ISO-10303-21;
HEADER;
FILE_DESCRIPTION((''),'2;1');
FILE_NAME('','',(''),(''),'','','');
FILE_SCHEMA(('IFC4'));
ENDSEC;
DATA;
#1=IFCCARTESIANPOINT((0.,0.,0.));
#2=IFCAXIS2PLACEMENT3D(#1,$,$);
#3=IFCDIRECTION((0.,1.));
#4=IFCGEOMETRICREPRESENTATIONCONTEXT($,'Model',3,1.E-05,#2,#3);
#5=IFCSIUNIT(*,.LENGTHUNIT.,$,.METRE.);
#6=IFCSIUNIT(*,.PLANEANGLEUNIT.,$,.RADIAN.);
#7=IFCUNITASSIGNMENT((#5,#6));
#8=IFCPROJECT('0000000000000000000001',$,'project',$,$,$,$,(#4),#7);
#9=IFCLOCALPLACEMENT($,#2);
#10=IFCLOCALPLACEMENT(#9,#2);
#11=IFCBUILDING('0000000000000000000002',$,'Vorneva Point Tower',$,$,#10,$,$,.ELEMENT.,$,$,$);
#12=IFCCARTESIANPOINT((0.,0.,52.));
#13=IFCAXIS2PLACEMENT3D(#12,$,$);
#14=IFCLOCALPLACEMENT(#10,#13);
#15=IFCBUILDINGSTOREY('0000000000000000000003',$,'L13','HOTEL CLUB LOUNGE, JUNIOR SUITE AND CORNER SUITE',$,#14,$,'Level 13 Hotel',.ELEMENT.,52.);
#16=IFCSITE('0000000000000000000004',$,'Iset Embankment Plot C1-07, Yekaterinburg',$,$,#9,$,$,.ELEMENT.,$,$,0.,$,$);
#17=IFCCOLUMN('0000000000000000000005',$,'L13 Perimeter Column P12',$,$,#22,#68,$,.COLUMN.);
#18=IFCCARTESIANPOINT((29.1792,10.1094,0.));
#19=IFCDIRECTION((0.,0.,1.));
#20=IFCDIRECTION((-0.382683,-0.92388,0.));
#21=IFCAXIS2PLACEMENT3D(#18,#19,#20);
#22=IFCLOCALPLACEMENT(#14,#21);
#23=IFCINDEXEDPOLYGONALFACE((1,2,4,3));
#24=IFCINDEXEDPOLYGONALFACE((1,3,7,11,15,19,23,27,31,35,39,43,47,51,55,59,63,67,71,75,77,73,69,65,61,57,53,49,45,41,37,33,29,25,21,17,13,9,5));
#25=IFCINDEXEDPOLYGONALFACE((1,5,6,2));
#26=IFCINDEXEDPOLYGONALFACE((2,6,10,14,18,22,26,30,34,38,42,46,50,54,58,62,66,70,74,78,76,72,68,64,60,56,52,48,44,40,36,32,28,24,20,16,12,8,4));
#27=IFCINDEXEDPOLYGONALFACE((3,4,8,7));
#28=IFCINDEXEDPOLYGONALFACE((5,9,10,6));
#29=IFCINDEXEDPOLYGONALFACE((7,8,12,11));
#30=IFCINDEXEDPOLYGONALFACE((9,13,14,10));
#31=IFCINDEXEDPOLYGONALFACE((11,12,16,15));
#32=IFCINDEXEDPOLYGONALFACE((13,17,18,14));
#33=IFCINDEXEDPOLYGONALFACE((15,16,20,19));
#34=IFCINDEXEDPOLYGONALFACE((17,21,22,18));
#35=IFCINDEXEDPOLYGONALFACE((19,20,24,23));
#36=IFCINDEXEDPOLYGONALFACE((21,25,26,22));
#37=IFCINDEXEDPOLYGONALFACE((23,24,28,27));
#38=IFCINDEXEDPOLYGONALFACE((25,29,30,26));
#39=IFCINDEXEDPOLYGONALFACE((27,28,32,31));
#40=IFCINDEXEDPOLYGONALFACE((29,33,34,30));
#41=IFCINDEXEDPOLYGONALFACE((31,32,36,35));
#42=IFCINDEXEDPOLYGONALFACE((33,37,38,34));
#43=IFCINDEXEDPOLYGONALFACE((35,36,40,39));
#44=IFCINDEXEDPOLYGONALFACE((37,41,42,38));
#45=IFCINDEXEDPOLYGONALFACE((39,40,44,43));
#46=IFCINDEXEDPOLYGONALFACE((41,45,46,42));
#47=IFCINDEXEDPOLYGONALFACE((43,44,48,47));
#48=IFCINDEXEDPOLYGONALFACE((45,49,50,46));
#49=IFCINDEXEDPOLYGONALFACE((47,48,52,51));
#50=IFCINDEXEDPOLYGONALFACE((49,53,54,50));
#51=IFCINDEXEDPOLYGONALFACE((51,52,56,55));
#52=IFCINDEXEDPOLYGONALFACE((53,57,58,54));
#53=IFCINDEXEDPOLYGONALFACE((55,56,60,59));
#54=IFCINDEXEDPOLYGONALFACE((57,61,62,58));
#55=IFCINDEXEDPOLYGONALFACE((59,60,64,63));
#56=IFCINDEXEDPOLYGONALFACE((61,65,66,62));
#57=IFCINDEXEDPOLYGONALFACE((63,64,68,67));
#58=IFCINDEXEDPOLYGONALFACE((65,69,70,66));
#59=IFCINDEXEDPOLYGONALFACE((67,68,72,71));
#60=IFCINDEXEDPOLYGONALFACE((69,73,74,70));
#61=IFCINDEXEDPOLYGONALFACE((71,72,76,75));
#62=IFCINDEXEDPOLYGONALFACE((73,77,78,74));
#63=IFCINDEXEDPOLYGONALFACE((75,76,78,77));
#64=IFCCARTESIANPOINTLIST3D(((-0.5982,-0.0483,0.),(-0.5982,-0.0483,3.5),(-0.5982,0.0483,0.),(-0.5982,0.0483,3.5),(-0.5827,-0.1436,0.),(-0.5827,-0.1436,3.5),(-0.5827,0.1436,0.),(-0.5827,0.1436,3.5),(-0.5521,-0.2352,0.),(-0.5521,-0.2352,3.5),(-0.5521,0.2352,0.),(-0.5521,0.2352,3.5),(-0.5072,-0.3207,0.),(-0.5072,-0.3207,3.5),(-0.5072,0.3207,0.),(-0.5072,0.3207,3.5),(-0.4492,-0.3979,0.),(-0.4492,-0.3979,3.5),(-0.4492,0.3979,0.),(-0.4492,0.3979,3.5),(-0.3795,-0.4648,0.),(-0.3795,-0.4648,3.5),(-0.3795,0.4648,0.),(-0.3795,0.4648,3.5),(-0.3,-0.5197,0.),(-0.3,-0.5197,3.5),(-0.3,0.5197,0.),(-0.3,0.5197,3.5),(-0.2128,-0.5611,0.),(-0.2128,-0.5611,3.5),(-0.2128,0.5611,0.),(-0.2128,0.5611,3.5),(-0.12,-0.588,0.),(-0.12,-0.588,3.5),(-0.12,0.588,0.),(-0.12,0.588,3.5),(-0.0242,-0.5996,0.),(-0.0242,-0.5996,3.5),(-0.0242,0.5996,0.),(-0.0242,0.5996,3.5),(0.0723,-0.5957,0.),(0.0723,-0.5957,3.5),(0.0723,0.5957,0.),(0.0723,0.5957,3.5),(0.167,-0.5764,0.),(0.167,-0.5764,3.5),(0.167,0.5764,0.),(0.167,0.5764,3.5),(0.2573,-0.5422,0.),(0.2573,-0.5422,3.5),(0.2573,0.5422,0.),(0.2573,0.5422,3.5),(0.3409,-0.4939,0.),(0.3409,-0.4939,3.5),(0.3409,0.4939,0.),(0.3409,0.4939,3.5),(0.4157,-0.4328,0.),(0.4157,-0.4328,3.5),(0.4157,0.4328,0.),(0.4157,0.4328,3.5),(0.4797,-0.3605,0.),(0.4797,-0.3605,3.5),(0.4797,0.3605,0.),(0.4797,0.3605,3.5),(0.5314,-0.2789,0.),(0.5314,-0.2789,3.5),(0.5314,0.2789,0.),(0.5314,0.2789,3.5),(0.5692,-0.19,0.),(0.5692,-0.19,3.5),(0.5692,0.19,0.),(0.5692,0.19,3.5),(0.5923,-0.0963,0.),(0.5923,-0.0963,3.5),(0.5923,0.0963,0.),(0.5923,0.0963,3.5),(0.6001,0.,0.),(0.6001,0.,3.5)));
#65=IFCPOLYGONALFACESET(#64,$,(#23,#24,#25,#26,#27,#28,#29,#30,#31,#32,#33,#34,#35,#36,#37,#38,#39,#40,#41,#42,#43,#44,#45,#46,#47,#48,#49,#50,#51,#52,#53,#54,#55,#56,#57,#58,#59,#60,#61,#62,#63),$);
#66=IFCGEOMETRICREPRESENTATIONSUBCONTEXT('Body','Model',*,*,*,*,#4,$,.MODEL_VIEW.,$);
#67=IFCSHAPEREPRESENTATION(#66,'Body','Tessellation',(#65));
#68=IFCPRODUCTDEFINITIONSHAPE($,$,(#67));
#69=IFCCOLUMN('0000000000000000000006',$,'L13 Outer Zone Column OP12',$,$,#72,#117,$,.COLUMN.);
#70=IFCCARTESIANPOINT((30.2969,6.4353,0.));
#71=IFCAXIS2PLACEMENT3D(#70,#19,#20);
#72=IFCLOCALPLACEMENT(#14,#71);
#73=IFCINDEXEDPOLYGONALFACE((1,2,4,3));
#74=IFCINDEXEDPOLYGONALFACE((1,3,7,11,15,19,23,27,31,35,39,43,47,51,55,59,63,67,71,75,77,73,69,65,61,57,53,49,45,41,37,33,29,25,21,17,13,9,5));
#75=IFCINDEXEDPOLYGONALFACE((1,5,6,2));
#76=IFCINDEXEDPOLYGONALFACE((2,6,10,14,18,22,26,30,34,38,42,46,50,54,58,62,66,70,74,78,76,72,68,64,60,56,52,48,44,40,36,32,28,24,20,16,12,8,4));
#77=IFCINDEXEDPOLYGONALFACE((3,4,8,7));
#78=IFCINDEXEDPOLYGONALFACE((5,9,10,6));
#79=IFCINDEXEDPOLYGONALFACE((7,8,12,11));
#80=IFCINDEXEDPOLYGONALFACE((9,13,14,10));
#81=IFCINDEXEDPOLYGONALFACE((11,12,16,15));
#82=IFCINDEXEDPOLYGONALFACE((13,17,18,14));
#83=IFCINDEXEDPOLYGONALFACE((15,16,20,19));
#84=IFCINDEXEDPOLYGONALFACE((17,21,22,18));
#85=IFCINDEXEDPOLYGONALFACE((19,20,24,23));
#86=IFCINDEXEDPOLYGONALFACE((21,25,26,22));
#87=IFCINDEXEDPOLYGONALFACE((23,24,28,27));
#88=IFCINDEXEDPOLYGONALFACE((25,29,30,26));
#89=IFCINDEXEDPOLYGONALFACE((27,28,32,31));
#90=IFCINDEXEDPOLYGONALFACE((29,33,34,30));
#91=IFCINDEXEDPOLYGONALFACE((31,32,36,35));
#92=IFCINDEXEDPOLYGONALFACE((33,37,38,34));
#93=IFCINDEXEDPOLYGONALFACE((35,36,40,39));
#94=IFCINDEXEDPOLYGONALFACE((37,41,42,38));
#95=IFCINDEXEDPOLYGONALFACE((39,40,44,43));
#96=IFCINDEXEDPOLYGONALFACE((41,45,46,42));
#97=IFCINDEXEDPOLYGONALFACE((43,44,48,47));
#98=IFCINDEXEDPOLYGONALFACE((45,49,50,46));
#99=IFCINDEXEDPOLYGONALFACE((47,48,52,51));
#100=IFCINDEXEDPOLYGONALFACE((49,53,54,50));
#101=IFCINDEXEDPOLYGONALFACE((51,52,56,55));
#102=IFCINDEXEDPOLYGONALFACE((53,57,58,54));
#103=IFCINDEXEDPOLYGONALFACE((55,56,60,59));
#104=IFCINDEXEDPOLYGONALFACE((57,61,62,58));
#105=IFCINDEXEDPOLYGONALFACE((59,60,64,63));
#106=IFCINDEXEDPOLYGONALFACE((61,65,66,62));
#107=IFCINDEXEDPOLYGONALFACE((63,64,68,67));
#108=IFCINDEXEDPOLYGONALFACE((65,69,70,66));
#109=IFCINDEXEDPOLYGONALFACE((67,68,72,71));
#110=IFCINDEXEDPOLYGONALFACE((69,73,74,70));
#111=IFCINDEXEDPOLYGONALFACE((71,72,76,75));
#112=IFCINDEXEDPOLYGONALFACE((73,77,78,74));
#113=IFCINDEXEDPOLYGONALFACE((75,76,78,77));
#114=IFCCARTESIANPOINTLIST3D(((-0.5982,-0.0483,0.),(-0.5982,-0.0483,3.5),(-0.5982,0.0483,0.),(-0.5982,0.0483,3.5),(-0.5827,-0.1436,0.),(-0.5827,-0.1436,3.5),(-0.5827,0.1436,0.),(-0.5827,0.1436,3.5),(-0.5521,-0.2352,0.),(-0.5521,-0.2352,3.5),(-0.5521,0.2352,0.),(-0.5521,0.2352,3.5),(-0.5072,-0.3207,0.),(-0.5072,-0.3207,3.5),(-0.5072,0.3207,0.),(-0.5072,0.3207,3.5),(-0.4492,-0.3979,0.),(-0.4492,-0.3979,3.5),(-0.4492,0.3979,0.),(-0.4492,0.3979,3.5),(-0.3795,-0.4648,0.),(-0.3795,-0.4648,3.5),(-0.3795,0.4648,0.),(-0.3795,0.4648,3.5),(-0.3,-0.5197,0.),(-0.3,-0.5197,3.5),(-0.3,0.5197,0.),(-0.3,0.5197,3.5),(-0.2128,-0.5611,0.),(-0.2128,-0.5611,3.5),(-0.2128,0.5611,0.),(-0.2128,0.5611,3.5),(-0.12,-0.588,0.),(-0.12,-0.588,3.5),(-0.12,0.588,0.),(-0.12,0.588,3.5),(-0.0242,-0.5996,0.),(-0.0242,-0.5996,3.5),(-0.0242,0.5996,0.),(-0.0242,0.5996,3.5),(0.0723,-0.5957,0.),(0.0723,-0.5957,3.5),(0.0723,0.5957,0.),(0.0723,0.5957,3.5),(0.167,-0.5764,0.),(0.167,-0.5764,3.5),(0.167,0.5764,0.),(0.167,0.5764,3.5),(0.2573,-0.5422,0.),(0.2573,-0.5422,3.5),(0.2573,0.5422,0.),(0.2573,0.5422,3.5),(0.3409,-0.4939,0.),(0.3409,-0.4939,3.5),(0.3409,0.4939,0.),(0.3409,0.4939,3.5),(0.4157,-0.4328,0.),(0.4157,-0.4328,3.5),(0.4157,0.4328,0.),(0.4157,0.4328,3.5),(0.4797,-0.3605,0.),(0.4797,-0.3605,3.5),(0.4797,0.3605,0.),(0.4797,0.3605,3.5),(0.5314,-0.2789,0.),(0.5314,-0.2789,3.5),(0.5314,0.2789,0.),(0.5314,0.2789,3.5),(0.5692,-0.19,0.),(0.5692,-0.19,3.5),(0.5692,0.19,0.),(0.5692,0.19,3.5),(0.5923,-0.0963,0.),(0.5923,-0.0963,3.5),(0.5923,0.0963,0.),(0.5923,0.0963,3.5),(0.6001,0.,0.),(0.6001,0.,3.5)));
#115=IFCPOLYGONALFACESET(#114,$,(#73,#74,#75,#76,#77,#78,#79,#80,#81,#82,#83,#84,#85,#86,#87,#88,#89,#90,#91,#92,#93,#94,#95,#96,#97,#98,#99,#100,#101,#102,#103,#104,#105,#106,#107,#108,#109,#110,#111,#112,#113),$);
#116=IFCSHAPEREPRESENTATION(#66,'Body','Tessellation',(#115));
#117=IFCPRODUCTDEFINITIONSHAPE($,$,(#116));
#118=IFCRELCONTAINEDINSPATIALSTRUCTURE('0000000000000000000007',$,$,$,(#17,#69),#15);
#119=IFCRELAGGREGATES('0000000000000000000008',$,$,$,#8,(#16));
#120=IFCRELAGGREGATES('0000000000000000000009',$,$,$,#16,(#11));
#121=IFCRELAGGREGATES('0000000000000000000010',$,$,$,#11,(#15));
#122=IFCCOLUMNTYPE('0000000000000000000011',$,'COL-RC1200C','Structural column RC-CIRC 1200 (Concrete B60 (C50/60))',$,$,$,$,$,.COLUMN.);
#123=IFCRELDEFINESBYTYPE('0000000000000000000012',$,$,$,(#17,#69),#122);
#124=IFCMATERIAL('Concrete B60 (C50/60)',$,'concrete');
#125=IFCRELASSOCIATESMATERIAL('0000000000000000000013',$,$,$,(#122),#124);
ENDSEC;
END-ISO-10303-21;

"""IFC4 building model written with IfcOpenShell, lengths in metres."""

from ifc_helpers import new_model, si_unit, direction, frame, origin, origin_2d, place, context, subcontext, project, spatial, circle, extrude, material, material_profile, profile_set, type_object, element, save


model = new_model("IFC4")

# Units and contexts
model_context = context("Model", 3, precision=1e-05, world=origin(), true_north=direction((0.0, 1.0)))
body_context = subcontext(model_context, "Body", "Model", "MODEL_VIEW")
ifc_project = project(units=[si_unit("LENGTHUNIT", "METRE"), si_unit("PLANEANGLEUNIT", "RADIAN")], contexts=[model_context])

# Site, building, storey
site_placement = place(None, origin())
site = spatial("IfcSite", under=ifc_project, at=site_placement, Name="Iset Embankment Plot C1-07, Yekaterinburg", CompositionType="ELEMENT", RefElevation=0.0)
building_placement = place(site_placement, origin())
building = spatial("IfcBuilding", under=site, at=building_placement, Name="Vorneva Point Tower", CompositionType="ELEMENT")
storey_placement = place(building_placement, frame((0.0, 0.0, 52.0)))
storey = spatial("IfcBuildingStorey", under=building, at=storey_placement, Name="L13", Description="HOTEL CLUB LOUNGE, JUNIOR SUITE AND CORNER SUITE", LongName="Level 13 Hotel", CompositionType="ELEMENT", Elevation=52.0)

# Columns
ifc_material_1 = material(Name="Concrete B60 (C50/60)", Category="concrete")
ifc_material_profile_1 = material_profile(ifc_material_1, circle(Radius=0.6001, at=origin_2d()), Name="RC-CIRC 1200")
ifc_profile_set_1 = profile_set([ifc_material_profile_1], Name="Concrete B60 (C50/60)")
column_type = type_object("IfcColumnType", Name="COL-RC1200C", Description="Structural column RC-CIRC 1200 (Concrete B60 (C50/60))", PredefinedType="COLUMN", material=ifc_profile_set_1)
for number, where, z_axis, x_axis, name in (
    (1, (29.1792, 10.1094, 0.0), (0.0, 0.0, 1.0), (-0.382683, -0.92388, 0.0), "L13 Perimeter Column P12"),
    (2, (30.2969, 6.4353, 0.0), (0.0, 0.0, 1.0), (-0.382683, -0.92388, 0.0), "L13 Outer Zone Column OP12"),
):
    element("IfcColumn", number, at=place(storey_placement, frame(where, z_axis=z_axis, x_axis=x_axis)), inside=storey, type_object=column_type, Name=name, PredefinedType="COLUMN", context=body_context, shape_type="SweptSolid", body=[
        extrude(circle(Radius=0.6001, at=origin_2d()), origin(), (0.0, 0.0, 1.0), 3.5),
    ])

save(model, "model.ifc")
